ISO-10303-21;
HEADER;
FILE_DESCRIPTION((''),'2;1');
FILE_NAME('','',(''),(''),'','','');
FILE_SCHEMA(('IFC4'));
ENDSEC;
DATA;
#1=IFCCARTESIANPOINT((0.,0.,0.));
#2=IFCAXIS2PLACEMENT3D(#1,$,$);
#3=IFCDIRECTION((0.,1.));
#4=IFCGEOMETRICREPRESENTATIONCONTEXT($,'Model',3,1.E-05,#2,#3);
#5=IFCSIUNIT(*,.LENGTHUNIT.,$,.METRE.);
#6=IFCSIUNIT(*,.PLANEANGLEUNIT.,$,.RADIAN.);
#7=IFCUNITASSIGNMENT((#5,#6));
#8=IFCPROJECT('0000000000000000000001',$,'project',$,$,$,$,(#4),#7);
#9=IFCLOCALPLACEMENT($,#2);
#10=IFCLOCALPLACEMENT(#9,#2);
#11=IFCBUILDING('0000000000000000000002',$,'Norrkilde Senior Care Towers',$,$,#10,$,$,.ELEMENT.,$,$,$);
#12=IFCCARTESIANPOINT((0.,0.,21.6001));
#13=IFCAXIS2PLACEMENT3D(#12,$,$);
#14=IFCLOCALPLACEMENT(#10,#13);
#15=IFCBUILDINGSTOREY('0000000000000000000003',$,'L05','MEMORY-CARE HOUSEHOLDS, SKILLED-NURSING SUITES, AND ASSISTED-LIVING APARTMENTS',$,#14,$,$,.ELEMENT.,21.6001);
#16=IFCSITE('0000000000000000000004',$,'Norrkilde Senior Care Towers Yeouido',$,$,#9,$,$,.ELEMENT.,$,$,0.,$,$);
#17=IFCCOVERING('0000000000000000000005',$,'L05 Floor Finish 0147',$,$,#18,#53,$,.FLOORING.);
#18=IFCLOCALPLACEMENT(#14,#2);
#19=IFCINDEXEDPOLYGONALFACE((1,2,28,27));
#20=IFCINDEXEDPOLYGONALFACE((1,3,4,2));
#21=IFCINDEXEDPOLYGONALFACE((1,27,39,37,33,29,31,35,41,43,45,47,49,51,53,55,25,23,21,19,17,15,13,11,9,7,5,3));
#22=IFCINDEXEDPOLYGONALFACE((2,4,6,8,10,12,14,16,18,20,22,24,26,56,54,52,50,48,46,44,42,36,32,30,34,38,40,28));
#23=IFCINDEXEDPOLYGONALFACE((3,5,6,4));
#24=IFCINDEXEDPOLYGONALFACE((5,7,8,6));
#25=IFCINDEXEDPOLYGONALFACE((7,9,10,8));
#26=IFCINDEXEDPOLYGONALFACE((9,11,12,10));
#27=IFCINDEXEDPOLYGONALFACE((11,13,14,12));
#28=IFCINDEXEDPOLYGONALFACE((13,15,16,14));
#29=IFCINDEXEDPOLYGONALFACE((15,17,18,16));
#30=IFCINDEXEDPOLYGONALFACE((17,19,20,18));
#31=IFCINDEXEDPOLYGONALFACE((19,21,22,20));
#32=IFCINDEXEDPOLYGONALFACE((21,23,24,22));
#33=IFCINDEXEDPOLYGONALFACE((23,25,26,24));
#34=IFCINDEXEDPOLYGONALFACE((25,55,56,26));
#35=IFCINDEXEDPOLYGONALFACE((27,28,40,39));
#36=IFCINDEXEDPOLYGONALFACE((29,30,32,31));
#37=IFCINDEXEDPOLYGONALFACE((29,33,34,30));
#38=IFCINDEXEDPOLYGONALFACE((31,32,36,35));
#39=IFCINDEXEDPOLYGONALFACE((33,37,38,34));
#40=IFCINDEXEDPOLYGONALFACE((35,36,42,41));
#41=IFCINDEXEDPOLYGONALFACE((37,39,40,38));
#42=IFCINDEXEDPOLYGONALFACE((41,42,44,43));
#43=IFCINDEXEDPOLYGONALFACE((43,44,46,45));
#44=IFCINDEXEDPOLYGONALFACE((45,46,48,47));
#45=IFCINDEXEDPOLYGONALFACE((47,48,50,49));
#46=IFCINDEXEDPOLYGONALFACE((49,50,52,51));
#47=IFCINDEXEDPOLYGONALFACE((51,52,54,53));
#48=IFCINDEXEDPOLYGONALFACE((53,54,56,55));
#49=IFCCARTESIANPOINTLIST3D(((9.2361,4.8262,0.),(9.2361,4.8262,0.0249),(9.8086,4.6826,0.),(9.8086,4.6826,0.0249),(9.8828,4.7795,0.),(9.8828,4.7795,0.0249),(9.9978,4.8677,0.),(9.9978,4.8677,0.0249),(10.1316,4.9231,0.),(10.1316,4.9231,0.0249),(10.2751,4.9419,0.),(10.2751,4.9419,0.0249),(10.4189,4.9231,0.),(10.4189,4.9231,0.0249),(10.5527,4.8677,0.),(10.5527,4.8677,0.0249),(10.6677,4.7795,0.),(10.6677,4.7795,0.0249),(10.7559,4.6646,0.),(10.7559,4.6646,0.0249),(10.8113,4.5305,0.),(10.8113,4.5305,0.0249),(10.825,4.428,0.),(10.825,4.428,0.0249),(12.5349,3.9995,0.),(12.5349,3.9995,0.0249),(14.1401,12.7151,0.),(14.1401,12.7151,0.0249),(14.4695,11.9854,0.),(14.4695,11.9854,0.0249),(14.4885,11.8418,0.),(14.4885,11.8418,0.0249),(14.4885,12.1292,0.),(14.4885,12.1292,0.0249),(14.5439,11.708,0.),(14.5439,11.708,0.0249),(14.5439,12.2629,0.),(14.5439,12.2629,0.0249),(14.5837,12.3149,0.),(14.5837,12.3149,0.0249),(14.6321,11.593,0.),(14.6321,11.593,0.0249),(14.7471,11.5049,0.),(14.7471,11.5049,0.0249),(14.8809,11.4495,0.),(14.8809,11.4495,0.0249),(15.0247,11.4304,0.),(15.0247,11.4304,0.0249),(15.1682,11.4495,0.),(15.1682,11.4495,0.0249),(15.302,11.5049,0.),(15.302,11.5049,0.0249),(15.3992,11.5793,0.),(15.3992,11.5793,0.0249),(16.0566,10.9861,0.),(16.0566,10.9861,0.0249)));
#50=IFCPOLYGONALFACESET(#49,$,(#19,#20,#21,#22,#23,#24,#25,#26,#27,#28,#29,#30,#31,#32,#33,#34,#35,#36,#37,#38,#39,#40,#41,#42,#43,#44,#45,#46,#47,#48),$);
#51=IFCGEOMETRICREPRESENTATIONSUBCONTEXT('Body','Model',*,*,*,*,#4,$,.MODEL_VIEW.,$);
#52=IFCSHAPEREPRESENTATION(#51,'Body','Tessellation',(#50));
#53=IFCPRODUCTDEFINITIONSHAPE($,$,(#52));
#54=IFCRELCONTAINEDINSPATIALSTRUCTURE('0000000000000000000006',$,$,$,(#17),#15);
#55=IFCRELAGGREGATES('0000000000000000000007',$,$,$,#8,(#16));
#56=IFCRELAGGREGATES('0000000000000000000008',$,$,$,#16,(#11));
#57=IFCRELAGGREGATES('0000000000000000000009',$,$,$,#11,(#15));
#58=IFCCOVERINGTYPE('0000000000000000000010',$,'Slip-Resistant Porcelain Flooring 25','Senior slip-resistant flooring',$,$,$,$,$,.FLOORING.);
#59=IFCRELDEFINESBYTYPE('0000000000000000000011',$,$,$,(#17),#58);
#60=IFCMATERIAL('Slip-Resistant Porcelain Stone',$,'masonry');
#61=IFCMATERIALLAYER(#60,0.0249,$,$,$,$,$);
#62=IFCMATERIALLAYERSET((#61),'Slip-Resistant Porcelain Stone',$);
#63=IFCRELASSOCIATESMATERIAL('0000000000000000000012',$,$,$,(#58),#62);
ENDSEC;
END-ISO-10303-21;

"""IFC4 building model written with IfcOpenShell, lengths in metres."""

from ifc_helpers import new_model, si_unit, direction, frame, origin, place, context, subcontext, project, spatial, polyline, outline, extrude, material, layer, layer_set, type_object, element, save


model = new_model("IFC4")

# Units and contexts
model_context = context("Model", 3, precision=1e-05, world=origin(), true_north=direction((0.0, 1.0)))
body_context = subcontext(model_context, "Body", "Model", "MODEL_VIEW")
ifc_project = project(units=[si_unit("LENGTHUNIT", "METRE"), si_unit("PLANEANGLEUNIT", "RADIAN")], contexts=[model_context])

# Site, building, storey
site_placement = place(None, origin())
site = spatial("IfcSite", under=ifc_project, at=site_placement, Name="Norrkilde Senior Care Towers Yeouido", CompositionType="ELEMENT", RefElevation=0.0)
building_placement = place(site_placement, origin())
building = spatial("IfcBuilding", under=site, at=building_placement, Name="Norrkilde Senior Care Towers", CompositionType="ELEMENT")
storey_placement = place(building_placement, frame((0.0, 0.0, 21.6001)))
storey = spatial("IfcBuildingStorey", under=building, at=storey_placement, Name="L05", Description="MEMORY-CARE HOUSEHOLDS, SKILLED-NURSING SUITES, AND ASSISTED-LIVING APARTMENTS", CompositionType="ELEMENT", Elevation=21.6001)

# Covering
ifc_material_1 = material(Name="Slip-Resistant Porcelain Stone", Category="masonry")
ifc_layer_1 = layer(ifc_material_1, 0.0249)
ifc_layer_set_1 = layer_set([ifc_layer_1], Name="Slip-Resistant Porcelain Stone")
covering_type_1 = type_object("IfcCoveringType", Name="Slip-Resistant Porcelain Flooring 25", Description="Senior slip-resistant flooring", PredefinedType="FLOORING", material=ifc_layer_set_1)
covering_1_placement = place(storey_placement, origin())
element("IfcCovering", 1, at=covering_1_placement, inside=storey, type_object=covering_type_1, Name="L05 Floor Finish 0147", PredefinedType="FLOORING", context=body_context, shape_type="SweptSolid", body=[
    extrude(outline(polyline([(10.825, 4.428), (10.8113, 4.5305), (10.7559, 4.6646), (10.6677, 4.7795), (10.5527, 4.8677), (10.4189, 4.9231), (10.2751, 4.9419), (10.1316, 4.9231), (9.9978, 4.8677), (9.8828, 4.7795), (9.8086, 4.6826), (9.2361, 4.8262), (14.1401, 12.7151), (14.5837, 12.3149), (14.5439, 12.2629), (14.4885, 12.1292), (14.4695, 11.9854), (14.4885, 11.8418), (14.5439, 11.708), (14.6321, 11.593), (14.7471, 11.5049), (14.8809, 11.4495), (15.0247, 11.4304), (15.1682, 11.4495), (15.302, 11.5049), (15.3992, 11.5793), (16.0566, 10.9861), (12.5349, 3.9995), (10.825, 4.428)])), origin(), (0.0, 0.0, 1.0), 0.0249),
])

save(model, "model.ifc")
